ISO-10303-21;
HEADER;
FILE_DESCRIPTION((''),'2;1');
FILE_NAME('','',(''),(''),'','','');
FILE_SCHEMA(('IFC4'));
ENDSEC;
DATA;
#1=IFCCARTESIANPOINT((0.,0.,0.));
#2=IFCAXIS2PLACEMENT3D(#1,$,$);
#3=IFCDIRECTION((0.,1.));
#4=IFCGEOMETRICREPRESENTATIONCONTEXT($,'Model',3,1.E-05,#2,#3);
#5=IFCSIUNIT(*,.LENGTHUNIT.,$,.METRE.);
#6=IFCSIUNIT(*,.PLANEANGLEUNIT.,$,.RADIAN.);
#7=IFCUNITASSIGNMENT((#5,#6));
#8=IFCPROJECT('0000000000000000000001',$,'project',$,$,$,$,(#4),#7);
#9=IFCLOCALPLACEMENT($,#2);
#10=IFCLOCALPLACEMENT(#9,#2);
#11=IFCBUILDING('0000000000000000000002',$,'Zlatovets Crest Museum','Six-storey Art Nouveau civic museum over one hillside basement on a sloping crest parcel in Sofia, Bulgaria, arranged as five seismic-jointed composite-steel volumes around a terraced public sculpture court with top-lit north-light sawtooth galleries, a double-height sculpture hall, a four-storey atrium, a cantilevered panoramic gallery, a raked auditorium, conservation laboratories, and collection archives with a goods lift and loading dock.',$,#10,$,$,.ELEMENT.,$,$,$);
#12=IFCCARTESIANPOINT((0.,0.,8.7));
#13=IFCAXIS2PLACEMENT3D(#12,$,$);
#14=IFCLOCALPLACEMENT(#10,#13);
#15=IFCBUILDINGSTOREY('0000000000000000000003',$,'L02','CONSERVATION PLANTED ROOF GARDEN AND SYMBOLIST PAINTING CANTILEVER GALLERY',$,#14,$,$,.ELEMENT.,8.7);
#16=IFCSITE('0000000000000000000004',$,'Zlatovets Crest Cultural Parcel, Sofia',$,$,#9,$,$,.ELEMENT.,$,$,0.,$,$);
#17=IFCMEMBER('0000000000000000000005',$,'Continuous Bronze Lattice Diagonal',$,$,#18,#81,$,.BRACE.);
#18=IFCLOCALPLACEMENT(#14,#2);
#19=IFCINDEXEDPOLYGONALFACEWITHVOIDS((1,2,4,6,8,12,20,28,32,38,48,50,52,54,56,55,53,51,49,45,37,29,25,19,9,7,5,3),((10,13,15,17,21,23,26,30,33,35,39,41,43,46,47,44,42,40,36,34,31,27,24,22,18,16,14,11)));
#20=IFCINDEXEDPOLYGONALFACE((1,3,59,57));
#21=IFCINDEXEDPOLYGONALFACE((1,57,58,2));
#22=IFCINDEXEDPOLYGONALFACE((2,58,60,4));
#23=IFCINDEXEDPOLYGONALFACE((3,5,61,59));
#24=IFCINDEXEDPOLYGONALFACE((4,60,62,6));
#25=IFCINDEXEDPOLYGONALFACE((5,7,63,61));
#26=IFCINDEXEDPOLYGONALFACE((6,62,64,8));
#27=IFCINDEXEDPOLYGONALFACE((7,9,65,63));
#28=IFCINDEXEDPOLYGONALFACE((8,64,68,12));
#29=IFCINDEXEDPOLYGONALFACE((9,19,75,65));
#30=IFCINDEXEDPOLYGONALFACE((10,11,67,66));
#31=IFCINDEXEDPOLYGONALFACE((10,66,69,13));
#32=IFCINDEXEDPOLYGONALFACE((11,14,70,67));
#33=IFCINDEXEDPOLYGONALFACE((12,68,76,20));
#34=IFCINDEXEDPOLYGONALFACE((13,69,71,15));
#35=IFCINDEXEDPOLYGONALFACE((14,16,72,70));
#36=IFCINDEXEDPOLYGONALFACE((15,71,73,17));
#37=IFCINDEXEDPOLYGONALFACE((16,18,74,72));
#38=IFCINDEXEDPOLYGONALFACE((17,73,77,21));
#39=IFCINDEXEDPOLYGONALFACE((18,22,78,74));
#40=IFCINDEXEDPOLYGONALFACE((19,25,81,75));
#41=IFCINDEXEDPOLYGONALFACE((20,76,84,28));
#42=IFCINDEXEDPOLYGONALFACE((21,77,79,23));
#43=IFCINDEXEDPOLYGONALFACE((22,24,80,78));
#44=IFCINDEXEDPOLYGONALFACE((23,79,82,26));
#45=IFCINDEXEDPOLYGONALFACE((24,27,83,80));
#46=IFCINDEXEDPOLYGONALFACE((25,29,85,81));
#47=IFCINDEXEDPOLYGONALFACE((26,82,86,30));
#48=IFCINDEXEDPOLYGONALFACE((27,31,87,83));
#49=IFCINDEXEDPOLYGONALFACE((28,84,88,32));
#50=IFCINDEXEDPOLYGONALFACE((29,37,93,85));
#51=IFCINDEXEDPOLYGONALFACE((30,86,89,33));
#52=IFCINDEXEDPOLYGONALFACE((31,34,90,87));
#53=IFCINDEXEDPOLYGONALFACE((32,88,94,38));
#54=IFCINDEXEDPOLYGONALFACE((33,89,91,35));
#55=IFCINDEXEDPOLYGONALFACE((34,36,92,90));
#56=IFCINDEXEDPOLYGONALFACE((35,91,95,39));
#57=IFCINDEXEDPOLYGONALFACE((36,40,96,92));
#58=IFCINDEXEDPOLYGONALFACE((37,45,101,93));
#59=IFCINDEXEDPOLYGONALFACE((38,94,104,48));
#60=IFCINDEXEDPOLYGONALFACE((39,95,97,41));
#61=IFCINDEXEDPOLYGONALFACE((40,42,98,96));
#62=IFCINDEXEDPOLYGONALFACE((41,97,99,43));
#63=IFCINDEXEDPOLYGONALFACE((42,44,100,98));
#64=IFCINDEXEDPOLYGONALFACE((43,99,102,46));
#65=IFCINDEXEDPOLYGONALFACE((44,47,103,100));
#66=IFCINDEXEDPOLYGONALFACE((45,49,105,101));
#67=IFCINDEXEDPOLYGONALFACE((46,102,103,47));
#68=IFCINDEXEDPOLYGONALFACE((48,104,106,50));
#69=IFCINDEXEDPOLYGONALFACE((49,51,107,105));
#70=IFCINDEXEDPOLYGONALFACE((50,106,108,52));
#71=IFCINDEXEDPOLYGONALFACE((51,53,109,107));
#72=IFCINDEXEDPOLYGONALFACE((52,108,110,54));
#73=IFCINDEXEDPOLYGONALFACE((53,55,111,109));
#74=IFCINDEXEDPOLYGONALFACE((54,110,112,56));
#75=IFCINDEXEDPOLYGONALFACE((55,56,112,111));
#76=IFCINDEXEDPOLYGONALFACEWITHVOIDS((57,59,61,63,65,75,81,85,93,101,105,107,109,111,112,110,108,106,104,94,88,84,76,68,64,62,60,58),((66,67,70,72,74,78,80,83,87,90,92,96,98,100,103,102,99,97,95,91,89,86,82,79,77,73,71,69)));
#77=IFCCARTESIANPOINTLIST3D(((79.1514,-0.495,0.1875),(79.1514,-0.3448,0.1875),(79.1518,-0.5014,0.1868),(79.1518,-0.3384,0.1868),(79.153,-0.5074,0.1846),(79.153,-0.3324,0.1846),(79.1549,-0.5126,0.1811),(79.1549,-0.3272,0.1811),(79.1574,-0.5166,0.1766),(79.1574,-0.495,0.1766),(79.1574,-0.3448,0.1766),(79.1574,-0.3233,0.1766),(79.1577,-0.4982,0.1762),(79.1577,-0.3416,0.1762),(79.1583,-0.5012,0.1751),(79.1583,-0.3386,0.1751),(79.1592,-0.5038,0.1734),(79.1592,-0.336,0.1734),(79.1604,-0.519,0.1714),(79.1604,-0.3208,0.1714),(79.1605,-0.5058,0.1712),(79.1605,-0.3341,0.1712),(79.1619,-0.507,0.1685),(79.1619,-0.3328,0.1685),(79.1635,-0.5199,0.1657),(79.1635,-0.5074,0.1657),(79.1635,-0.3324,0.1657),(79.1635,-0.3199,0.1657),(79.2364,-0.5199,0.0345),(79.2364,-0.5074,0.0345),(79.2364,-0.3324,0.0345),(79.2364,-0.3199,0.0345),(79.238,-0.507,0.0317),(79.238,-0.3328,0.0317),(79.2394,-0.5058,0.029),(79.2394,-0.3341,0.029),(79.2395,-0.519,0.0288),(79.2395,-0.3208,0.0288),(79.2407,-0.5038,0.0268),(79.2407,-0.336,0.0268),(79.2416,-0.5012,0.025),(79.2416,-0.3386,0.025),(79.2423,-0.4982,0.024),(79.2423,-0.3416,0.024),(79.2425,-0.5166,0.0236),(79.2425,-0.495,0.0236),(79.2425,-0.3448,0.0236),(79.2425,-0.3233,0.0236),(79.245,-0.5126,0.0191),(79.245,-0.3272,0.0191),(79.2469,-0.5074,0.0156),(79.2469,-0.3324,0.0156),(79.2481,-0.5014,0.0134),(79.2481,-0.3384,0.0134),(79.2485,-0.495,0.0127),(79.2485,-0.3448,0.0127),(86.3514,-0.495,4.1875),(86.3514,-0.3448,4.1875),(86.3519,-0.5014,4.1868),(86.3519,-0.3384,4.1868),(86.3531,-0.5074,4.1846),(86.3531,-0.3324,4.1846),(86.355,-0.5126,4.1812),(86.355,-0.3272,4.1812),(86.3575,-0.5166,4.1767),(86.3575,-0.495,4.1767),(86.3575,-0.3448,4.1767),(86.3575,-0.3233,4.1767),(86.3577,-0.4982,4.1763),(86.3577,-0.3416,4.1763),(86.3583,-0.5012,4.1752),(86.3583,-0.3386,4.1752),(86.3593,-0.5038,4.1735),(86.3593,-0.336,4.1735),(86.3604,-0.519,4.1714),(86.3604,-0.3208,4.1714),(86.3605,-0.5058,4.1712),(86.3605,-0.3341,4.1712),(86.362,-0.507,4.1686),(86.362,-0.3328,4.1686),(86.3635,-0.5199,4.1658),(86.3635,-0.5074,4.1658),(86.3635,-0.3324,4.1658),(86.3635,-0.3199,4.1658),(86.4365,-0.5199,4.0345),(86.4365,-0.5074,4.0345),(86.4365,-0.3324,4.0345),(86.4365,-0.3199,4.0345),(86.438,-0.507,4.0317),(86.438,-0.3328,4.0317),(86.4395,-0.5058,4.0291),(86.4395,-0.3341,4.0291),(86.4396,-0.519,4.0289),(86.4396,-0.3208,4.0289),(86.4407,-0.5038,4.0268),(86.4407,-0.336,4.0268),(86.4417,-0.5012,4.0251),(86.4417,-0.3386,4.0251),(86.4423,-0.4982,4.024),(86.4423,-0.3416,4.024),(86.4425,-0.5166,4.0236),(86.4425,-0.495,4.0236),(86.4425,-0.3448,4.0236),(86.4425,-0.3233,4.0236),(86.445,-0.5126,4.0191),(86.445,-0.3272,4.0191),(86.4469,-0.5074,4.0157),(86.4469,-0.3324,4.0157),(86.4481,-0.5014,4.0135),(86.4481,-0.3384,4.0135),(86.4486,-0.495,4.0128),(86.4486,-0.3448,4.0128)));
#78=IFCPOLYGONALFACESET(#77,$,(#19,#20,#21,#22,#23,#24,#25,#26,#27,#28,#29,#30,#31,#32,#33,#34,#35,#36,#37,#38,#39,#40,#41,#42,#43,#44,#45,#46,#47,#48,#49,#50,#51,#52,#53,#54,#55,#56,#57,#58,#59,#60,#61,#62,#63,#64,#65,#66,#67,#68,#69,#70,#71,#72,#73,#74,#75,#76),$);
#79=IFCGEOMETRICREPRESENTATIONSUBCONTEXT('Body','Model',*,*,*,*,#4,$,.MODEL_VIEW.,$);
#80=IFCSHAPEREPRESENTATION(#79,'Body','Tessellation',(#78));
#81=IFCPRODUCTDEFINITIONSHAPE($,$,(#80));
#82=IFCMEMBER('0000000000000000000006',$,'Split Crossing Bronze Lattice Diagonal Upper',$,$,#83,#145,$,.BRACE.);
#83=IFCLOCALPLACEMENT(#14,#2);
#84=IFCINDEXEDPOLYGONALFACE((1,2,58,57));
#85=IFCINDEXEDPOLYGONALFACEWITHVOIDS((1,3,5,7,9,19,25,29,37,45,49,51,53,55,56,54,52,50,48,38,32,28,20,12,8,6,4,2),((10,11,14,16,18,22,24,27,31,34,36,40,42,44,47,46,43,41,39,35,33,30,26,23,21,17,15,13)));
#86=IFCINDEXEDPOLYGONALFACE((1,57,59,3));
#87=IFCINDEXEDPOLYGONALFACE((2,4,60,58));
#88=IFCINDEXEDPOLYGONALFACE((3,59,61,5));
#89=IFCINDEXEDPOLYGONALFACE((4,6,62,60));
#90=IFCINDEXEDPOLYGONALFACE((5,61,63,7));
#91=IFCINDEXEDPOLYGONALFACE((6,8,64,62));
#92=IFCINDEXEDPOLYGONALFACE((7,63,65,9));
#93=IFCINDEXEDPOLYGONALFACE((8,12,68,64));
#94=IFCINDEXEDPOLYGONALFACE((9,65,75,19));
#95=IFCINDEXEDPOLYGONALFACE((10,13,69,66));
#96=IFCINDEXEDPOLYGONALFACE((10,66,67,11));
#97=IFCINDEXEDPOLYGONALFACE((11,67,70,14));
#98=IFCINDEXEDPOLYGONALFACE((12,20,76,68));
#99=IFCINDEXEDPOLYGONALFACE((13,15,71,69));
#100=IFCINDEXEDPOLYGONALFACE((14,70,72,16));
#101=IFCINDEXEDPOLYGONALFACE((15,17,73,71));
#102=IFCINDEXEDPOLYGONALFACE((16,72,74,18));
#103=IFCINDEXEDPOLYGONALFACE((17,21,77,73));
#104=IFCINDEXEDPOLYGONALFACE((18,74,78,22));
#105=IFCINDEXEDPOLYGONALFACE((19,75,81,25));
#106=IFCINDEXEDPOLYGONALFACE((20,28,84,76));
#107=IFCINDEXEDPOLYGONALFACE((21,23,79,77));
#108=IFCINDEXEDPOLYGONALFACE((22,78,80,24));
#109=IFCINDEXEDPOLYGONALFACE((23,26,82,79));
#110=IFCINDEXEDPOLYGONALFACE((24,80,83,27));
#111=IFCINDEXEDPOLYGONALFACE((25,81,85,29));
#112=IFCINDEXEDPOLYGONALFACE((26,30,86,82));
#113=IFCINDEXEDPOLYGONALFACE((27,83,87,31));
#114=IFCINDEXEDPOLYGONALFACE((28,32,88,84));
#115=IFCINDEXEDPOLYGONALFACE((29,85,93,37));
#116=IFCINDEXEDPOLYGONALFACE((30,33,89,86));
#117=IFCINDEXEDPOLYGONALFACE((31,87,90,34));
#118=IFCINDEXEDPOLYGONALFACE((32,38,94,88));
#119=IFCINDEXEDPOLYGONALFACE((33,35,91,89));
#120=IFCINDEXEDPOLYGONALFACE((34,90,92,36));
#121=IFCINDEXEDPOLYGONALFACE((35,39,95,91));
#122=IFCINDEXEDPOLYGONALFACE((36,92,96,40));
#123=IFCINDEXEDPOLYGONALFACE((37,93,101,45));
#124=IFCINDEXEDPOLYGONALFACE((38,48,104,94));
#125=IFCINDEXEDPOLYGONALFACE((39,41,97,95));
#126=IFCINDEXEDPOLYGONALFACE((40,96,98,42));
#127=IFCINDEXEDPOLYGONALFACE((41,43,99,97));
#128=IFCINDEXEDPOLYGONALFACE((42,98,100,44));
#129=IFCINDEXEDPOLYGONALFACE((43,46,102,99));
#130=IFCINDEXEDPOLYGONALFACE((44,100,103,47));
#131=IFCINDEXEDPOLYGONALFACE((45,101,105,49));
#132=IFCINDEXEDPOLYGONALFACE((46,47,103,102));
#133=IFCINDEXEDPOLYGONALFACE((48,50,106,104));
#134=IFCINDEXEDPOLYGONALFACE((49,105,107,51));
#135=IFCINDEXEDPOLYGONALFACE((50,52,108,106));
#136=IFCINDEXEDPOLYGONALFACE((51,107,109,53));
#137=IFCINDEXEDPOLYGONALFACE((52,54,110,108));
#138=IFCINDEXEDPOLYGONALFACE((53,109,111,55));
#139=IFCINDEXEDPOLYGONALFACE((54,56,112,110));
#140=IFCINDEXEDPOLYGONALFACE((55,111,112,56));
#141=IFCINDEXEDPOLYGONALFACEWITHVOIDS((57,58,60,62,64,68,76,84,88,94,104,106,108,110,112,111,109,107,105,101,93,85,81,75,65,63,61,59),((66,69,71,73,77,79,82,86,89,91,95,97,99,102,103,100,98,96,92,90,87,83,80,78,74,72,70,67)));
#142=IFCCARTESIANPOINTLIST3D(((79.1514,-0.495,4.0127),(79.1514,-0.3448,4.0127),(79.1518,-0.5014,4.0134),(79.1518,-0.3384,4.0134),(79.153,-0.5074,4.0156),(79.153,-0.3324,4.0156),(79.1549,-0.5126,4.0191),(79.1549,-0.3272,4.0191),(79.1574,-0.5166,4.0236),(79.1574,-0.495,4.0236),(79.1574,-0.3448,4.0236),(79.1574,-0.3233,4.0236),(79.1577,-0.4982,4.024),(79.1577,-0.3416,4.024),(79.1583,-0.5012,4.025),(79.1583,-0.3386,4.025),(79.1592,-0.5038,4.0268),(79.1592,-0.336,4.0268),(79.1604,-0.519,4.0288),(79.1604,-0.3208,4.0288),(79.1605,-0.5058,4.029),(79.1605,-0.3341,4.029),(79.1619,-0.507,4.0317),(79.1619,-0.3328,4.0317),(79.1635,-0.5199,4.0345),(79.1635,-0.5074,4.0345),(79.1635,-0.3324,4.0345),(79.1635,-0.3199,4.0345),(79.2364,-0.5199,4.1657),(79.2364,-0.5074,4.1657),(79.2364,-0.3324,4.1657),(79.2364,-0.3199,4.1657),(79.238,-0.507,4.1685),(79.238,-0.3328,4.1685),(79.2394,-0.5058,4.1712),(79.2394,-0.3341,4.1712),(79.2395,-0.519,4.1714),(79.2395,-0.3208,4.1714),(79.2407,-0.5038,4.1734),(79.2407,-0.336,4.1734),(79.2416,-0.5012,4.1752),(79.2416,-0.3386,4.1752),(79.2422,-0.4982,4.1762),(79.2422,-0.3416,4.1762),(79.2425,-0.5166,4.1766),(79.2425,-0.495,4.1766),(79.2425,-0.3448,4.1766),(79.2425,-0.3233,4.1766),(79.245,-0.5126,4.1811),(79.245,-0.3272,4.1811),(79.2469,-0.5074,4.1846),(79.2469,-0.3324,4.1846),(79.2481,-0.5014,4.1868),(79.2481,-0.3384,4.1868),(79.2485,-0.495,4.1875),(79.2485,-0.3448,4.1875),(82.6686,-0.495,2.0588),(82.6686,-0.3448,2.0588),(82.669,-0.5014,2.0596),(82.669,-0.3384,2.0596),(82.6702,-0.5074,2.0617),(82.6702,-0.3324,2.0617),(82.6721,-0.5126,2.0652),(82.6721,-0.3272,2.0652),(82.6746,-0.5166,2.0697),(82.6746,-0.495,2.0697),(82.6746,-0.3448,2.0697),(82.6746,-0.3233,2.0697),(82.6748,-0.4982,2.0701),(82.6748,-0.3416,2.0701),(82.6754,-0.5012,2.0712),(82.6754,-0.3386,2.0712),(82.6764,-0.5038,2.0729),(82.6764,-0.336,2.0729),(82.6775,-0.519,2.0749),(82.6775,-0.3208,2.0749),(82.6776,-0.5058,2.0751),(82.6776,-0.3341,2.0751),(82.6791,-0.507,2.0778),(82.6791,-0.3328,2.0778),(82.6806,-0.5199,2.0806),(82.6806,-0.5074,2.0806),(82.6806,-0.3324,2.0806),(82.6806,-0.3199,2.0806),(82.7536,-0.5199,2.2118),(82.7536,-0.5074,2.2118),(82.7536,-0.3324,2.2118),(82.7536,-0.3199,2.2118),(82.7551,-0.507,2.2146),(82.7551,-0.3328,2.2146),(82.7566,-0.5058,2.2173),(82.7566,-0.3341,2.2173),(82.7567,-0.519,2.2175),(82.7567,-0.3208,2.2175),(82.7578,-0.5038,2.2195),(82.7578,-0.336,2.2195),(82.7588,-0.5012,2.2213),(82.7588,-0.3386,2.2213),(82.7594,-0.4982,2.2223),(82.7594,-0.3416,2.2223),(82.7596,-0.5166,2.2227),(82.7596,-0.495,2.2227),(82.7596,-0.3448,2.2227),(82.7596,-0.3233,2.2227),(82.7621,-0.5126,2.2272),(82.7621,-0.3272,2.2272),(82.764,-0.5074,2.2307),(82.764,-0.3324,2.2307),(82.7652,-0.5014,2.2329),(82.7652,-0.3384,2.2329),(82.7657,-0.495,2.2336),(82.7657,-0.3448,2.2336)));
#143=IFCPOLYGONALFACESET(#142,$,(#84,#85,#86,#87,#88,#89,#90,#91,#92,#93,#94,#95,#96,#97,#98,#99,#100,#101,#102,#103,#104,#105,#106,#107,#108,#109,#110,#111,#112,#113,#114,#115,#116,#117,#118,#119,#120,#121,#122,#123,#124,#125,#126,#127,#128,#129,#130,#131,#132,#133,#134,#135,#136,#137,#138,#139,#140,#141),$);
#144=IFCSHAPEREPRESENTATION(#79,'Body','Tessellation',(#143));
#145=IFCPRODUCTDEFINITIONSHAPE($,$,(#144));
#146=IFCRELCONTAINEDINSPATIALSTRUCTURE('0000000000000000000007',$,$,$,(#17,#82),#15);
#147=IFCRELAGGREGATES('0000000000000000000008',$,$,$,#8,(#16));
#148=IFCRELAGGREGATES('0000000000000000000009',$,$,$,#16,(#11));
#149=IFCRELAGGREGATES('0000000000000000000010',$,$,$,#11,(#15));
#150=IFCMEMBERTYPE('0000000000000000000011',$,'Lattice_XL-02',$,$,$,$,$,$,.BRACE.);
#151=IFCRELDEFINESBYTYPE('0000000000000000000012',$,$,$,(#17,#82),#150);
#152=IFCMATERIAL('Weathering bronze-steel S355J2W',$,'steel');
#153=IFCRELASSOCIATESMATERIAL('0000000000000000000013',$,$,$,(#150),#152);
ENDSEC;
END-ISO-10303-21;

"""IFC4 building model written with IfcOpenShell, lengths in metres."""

from ifc_helpers import new_model, si_unit, direction, frame, origin, origin_2d, place, context, subcontext, project, spatial, hollow_rectangle, extrude, material, material_profile, profile_set, type_object, element, save


model = new_model("IFC4")

# Units and contexts
model_context = context("Model", 3, precision=1e-05, world=origin(), true_north=direction((0.0, 1.0)))
body_context = subcontext(model_context, "Body", "Model", "MODEL_VIEW")
ifc_project = project(units=[si_unit("LENGTHUNIT", "METRE"), si_unit("PLANEANGLEUNIT", "RADIAN")], contexts=[model_context])

# Site, building, storey
site_placement = place(None, origin())
site = spatial("IfcSite", under=ifc_project, at=site_placement, Name="Zlatovets Crest Cultural Parcel, Sofia", CompositionType="ELEMENT", RefElevation=0.0)
building_placement = place(site_placement, origin())
building = spatial("IfcBuilding", under=site, at=building_placement, Name="Zlatovets Crest Museum", Description="Six-storey Art Nouveau civic museum over one hillside basement on a sloping crest parcel in Sofia, Bulgaria, arranged as five seismic-jointed composite-steel volumes around a terraced public sculpture court with top-lit north-light sawtooth galleries, a double-height sculpture hall, a four-storey atrium, a cantilevered panoramic gallery, a raked auditorium, conservation laboratories, and collection archives with a goods lift and loading dock.", CompositionType="ELEMENT")
storey_placement = place(building_placement, frame((0.0, 0.0, 8.7)))
storey = spatial("IfcBuildingStorey", under=building, at=storey_placement, Name="L02", Description="CONSERVATION PLANTED ROOF GARDEN AND SYMBOLIST PAINTING CANTILEVER GALLERY", CompositionType="ELEMENT", Elevation=8.7)

# Members
ifc_material_1 = material(Name="Weathering bronze-steel S355J2W", Category="steel")
ifc_material_profile_1 = material_profile(ifc_material_1, hollow_rectangle(XDim=0.2, YDim=0.2, WallThickness=0.0125, InnerFilletRadius=0.0125, OuterFilletRadius=0.0249, at=origin_2d()), Name="SHS 200x200x12.5")
ifc_profile_set_1 = profile_set([ifc_material_profile_1], Name="Weathering bronze-steel S355J2W")
member_type_1 = type_object("IfcMemberType", Name="Lattice_XL-02", PredefinedType="BRACE", material=ifc_profile_set_1)
member_1_placement = place(storey_placement, frame((79.2, -0.4199, 0.1001), z_axis=(0.874156, 0.0, 0.485645), x_axis=(0.0, 1.0, 0.0)))
element("IfcMember", 1, at=member_1_placement, inside=storey, type_object=member_type_1, Name="Continuous Bronze Lattice Diagonal", PredefinedType="BRACE", context=body_context, shape_type="SweptSolid", body=[
    extrude(hollow_rectangle(XDim=0.2, YDim=0.2, WallThickness=0.0125, InnerFilletRadius=0.0125, OuterFilletRadius=0.0249, at=origin_2d()), origin(), (0.0, 0.0, 1.0), 8.2366),
])
member_2_placement = place(storey_placement, frame((79.2, -0.4199, 4.1001), z_axis=(0.874166, 0.0, -0.485627), x_axis=(0.0, 1.0, 0.0)))
element("IfcMember", 2, at=member_2_placement, inside=storey, type_object=member_type_1, Name="Split Crossing Bronze Lattice Diagonal Upper", PredefinedType="BRACE", context=body_context, shape_type="SweptSolid", body=[
    extrude(hollow_rectangle(XDim=0.2, YDim=0.2, WallThickness=0.0125, InnerFilletRadius=0.0125, OuterFilletRadius=0.0249, at=origin_2d()), origin(), (0.0, 0.0, 1.0), 4.0234),
])

save(model, "model.ifc")
